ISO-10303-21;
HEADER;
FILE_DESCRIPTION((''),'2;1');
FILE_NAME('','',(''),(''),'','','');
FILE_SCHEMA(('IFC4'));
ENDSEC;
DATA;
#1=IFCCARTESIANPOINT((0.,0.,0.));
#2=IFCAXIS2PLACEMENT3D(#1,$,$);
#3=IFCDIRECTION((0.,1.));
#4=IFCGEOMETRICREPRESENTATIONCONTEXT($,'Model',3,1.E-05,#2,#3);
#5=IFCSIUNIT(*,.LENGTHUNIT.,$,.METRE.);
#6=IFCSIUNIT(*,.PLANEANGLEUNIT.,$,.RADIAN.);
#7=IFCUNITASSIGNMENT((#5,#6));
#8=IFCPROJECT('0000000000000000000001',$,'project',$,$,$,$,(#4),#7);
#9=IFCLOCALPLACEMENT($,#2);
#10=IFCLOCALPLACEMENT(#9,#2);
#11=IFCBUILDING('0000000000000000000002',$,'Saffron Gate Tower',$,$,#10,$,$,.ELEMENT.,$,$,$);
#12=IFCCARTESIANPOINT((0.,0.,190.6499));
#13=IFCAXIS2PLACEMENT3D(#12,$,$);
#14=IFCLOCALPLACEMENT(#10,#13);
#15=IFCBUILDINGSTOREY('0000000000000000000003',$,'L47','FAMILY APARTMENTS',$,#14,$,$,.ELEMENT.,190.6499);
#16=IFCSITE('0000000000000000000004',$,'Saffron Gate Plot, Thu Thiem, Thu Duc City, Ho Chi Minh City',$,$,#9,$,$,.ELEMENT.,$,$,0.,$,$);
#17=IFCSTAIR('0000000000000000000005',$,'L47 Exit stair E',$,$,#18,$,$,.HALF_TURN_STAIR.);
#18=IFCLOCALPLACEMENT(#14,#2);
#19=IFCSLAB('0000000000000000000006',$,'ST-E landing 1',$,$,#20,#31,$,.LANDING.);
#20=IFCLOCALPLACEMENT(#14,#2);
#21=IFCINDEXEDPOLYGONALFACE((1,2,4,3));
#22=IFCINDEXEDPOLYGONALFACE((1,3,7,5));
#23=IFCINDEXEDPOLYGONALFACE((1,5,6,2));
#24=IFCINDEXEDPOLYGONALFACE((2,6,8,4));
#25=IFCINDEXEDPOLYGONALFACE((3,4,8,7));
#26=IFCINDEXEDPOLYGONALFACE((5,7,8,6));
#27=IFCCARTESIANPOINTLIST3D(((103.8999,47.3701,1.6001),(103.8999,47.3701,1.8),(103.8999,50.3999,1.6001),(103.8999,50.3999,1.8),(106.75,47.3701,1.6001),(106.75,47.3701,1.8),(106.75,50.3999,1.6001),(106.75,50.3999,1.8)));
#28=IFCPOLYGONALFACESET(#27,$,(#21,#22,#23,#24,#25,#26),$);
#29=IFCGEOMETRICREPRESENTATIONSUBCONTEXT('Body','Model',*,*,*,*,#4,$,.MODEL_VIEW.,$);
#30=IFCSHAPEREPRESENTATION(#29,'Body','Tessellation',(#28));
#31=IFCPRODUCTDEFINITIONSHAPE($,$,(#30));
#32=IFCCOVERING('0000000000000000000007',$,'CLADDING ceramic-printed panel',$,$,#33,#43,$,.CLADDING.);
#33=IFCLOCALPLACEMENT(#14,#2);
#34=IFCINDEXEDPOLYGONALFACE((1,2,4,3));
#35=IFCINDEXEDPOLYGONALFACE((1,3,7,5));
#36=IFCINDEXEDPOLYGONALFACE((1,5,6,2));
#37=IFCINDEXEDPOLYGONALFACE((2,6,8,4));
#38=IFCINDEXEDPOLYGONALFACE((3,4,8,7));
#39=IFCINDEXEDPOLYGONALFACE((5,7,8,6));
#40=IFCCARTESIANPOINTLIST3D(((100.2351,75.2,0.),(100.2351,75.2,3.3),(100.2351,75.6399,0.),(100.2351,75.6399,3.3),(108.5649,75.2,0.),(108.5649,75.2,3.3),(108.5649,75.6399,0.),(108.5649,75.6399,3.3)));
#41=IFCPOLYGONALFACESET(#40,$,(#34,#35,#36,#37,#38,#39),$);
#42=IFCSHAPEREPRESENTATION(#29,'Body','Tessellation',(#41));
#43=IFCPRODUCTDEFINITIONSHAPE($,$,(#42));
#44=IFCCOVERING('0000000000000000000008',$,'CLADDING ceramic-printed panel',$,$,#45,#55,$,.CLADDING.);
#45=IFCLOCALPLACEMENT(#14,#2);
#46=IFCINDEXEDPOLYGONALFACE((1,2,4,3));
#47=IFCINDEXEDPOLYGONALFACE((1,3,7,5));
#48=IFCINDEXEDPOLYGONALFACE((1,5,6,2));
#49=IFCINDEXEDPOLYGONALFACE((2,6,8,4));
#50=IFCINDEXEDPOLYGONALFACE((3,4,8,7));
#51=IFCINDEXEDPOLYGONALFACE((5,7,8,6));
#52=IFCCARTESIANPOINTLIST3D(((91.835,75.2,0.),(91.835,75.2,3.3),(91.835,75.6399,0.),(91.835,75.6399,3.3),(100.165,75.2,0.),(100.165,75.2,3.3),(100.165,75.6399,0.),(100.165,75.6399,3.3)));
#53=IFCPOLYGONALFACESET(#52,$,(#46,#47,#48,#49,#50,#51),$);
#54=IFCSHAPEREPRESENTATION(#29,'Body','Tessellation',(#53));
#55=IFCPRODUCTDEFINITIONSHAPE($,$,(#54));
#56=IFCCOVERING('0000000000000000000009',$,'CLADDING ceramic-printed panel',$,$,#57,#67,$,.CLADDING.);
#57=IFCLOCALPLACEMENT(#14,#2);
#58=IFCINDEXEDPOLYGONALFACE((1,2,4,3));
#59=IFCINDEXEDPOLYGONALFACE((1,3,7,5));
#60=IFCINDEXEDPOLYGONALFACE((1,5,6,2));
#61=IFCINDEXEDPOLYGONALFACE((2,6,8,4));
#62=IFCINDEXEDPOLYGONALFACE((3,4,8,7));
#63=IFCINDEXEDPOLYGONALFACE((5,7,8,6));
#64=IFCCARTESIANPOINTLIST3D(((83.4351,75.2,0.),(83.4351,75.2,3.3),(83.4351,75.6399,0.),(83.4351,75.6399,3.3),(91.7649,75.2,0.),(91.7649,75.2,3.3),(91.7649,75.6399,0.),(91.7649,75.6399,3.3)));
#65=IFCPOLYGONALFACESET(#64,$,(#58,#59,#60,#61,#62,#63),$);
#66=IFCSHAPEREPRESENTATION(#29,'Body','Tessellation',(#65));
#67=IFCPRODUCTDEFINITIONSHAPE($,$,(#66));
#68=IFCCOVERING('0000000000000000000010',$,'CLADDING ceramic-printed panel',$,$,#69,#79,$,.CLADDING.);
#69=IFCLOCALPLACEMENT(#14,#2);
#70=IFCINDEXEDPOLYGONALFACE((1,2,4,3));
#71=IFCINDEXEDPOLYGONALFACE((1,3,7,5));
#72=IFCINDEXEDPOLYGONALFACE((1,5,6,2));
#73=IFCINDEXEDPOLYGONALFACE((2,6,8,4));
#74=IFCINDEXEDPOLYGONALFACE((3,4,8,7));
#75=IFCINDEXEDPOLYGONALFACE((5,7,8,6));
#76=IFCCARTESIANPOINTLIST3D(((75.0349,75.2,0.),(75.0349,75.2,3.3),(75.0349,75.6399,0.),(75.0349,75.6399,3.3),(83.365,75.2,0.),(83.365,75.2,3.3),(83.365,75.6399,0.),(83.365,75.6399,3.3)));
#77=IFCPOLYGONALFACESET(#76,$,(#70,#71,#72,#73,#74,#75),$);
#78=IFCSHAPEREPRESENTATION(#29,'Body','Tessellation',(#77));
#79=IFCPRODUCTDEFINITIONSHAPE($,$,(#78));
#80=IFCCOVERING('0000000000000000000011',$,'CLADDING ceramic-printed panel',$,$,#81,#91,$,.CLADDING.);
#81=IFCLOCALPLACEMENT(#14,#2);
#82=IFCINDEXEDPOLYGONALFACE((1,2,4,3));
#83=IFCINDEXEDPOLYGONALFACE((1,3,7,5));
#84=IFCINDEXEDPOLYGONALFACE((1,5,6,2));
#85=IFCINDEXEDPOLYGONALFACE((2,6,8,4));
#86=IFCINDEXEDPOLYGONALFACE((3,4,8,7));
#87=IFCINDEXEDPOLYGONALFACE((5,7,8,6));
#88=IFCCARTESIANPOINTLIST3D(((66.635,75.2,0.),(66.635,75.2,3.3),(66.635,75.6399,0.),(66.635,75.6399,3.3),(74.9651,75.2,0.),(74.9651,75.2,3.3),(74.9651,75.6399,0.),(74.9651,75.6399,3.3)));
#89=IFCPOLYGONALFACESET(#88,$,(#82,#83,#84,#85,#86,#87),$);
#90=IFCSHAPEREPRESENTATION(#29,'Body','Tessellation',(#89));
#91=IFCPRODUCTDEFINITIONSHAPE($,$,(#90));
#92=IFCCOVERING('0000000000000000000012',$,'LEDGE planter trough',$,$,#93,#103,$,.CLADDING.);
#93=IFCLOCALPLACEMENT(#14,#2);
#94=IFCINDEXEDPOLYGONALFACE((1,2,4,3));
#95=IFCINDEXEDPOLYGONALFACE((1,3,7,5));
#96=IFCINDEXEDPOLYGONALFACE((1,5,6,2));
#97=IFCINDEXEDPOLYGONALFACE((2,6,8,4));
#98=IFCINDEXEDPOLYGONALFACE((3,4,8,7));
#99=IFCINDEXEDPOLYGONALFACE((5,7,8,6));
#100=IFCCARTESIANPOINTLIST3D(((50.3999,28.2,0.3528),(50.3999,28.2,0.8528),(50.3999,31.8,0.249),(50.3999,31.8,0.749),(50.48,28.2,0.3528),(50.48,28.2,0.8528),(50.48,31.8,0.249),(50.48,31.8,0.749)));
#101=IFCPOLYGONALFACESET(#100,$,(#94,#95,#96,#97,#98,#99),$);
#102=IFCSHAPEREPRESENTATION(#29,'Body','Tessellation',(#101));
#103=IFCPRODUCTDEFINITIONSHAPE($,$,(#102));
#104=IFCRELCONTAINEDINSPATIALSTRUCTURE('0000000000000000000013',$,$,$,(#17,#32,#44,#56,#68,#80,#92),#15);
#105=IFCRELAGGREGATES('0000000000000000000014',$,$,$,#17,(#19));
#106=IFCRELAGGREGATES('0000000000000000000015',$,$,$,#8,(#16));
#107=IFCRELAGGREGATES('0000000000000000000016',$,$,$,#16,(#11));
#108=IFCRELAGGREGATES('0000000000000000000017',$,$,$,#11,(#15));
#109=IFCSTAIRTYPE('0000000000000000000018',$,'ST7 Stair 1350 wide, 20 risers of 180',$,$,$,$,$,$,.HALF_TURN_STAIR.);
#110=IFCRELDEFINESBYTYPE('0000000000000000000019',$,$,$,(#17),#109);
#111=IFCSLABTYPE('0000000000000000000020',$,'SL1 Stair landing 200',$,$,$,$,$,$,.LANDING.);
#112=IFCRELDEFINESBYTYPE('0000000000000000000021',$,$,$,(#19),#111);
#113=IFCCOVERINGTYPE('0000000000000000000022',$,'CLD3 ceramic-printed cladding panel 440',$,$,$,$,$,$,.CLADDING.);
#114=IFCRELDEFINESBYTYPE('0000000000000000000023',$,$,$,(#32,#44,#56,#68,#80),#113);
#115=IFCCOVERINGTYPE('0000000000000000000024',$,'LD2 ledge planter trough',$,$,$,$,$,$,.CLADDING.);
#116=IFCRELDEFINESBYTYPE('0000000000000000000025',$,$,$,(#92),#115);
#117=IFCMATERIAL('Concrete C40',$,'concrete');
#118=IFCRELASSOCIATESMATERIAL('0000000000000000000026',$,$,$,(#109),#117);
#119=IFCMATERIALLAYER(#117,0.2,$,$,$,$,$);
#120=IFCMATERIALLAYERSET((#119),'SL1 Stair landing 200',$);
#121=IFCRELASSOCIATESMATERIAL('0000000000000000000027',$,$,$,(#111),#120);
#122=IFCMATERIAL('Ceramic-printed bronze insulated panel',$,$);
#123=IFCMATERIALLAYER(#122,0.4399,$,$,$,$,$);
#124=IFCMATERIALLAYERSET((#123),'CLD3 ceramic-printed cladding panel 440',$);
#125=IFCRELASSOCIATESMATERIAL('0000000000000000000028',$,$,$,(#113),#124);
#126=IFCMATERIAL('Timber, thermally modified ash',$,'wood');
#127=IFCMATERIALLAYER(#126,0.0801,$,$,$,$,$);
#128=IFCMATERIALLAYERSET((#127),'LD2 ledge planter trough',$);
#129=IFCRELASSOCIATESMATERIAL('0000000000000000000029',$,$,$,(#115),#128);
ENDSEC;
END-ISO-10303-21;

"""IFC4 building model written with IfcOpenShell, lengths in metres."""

from ifc_helpers import new_model, si_unit, direction, frame, origin, place, context, subcontext, project, spatial, polyline, outline, extrude, material, layer, layer_set, type_object, element, aggregate, save


model = new_model("IFC4")

# Units and contexts
model_context = context("Model", 3, precision=1e-05, world=origin(), true_north=direction((0.0, 1.0)))
body_context = subcontext(model_context, "Body", "Model", "MODEL_VIEW")
ifc_project = project(units=[si_unit("LENGTHUNIT", "METRE"), si_unit("PLANEANGLEUNIT", "RADIAN")], contexts=[model_context])

# Site, building, storey
site_placement = place(None, origin())
site = spatial("IfcSite", under=ifc_project, at=site_placement, Name="Saffron Gate Plot, Thu Thiem, Thu Duc City, Ho Chi Minh City", CompositionType="ELEMENT", RefElevation=0.0)
building_placement = place(site_placement, origin())
building = spatial("IfcBuilding", under=site, at=building_placement, Name="Saffron Gate Tower", CompositionType="ELEMENT")
storey_placement = place(building_placement, frame((0.0, 0.0, 190.6499)))
storey = spatial("IfcBuildingStorey", under=building, at=storey_placement, Name="L47", Description="FAMILY APARTMENTS", CompositionType="ELEMENT", Elevation=190.6499)

# Shared definitions
ifc_material_1 = material(Name="Concrete C40", Category="concrete")

# Stair, slab
stair_type = type_object("IfcStairType", Name="ST7 Stair 1350 wide, 20 risers of 180", PredefinedType="HALF_TURN_STAIR", material=ifc_material_1)
ifc_layer_1 = layer(ifc_material_1, 0.2)
ifc_layer_set_1 = layer_set([ifc_layer_1], Name="SL1 Stair landing 200")
slab_type_1 = type_object("IfcSlabType", Name="SL1 Stair landing 200", PredefinedType="LANDING", material=ifc_layer_set_1)
stair_1_placement = place(storey_placement, origin())
stair_1 = element("IfcStair", 1, at=stair_1_placement, inside=storey, type_object=stair_type, Name="L47 Exit stair E", PredefinedType="HALF_TURN_STAIR")
slab_1_placement = place(storey_placement, frame((0.0, 0.0, 1.6001)))
slab_1 = element("IfcSlab", 2, at=slab_1_placement, type_object=slab_type_1, Name="ST-E landing 1", PredefinedType="LANDING", context=body_context, shape_type="SweptSolid", body=[
    extrude(outline(polyline([(106.75, 47.3701), (106.75, 50.3999), (103.8999, 50.3999), (103.8999, 47.3701), (106.75, 47.3701)])), origin(), (0.0, 0.0, 1.0), 0.2),
])
aggregate(stair_1, [slab_1])

# Coverings
ifc_material_2 = material(Name="Ceramic-printed bronze insulated panel")
ifc_layer_2 = layer(ifc_material_2, 0.4399)
ifc_layer_set_2 = layer_set([ifc_layer_2], Name="CLD3 ceramic-printed cladding panel 440")
covering_type_1 = type_object("IfcCoveringType", Name="CLD3 ceramic-printed cladding panel 440", PredefinedType="CLADDING", material=ifc_layer_set_2)
covering_1_placement = place(storey_placement, origin())
element("IfcCovering", 3, at=covering_1_placement, inside=storey, type_object=covering_type_1, Name="CLADDING ceramic-printed panel", PredefinedType="CLADDING", context=body_context, shape_type="SweptSolid", body=[
    extrude(outline(polyline([(108.5649, 75.6399), (100.2351, 75.6399), (100.2351, 75.2), (108.5649, 75.2), (108.5649, 75.6399)])), origin(), (0.0, 0.0, 1.0), 3.3),
])
covering_2_placement = place(storey_placement, origin())
element("IfcCovering", 4, at=covering_2_placement, inside=storey, type_object=covering_type_1, Name="CLADDING ceramic-printed panel", PredefinedType="CLADDING", context=body_context, shape_type="SweptSolid", body=[
    extrude(outline(polyline([(100.165, 75.6399), (91.835, 75.6399), (91.835, 75.2), (100.165, 75.2), (100.165, 75.6399)])), origin(), (0.0, 0.0, 1.0), 3.3),
])
covering_3_placement = place(storey_placement, origin())
element("IfcCovering", 5, at=covering_3_placement, inside=storey, type_object=covering_type_1, Name="CLADDING ceramic-printed panel", PredefinedType="CLADDING", context=body_context, shape_type="SweptSolid", body=[
    extrude(outline(polyline([(91.7649, 75.6399), (83.4351, 75.6399), (83.4351, 75.2), (91.7649, 75.2), (91.7649, 75.6399)])), origin(), (0.0, 0.0, 1.0), 3.3),
])
covering_4_placement = place(storey_placement, origin())
element("IfcCovering", 6, at=covering_4_placement, inside=storey, type_object=covering_type_1, Name="CLADDING ceramic-printed panel", PredefinedType="CLADDING", context=body_context, shape_type="SweptSolid", body=[
    extrude(outline(polyline([(83.365, 75.6399), (75.0349, 75.6399), (75.0349, 75.2), (83.365, 75.2), (83.365, 75.6399)])), origin(), (0.0, 0.0, 1.0), 3.3),
])
covering_5_placement = place(storey_placement, origin())
element("IfcCovering", 7, at=covering_5_placement, inside=storey, type_object=covering_type_1, Name="CLADDING ceramic-printed panel", PredefinedType="CLADDING", context=body_context, shape_type="SweptSolid", body=[
    extrude(outline(polyline([(74.9651, 75.6399), (66.635, 75.6399), (66.635, 75.2), (74.9651, 75.2), (74.9651, 75.6399)])), origin(), (0.0, 0.0, 1.0), 3.3),
])
ifc_material_3 = material(Name="Timber, thermally modified ash", Category="wood")
ifc_layer_3 = layer(ifc_material_3, 0.0801)
ifc_layer_set_3 = layer_set([ifc_layer_3], Name="LD2 ledge planter trough")
covering_type_2 = type_object("IfcCoveringType", Name="LD2 ledge planter trough", PredefinedType="CLADDING", material=ifc_layer_set_3)
covering_6_placement = place(storey_placement, frame((50.3999, 31.8, 0.249), z_axis=(-1.0, 0.0, 0.0), x_axis=(0.0, -0.999585, 0.028809)))
element("IfcCovering", 8, at=covering_6_placement, inside=storey, type_object=covering_type_2, Name="LEDGE planter trough", PredefinedType="CLADDING", context=body_context, shape_type="SweptSolid", body=[
    extrude(outline(polyline([(0.0, 0.0), (3.6016, 0.0), (3.616, 0.4998), (0.0144, 0.4998), (0.0, 0.0)])), origin(), (0.0, 0.0, -1.0), 0.0801),
])

save(model, "model.ifc")
